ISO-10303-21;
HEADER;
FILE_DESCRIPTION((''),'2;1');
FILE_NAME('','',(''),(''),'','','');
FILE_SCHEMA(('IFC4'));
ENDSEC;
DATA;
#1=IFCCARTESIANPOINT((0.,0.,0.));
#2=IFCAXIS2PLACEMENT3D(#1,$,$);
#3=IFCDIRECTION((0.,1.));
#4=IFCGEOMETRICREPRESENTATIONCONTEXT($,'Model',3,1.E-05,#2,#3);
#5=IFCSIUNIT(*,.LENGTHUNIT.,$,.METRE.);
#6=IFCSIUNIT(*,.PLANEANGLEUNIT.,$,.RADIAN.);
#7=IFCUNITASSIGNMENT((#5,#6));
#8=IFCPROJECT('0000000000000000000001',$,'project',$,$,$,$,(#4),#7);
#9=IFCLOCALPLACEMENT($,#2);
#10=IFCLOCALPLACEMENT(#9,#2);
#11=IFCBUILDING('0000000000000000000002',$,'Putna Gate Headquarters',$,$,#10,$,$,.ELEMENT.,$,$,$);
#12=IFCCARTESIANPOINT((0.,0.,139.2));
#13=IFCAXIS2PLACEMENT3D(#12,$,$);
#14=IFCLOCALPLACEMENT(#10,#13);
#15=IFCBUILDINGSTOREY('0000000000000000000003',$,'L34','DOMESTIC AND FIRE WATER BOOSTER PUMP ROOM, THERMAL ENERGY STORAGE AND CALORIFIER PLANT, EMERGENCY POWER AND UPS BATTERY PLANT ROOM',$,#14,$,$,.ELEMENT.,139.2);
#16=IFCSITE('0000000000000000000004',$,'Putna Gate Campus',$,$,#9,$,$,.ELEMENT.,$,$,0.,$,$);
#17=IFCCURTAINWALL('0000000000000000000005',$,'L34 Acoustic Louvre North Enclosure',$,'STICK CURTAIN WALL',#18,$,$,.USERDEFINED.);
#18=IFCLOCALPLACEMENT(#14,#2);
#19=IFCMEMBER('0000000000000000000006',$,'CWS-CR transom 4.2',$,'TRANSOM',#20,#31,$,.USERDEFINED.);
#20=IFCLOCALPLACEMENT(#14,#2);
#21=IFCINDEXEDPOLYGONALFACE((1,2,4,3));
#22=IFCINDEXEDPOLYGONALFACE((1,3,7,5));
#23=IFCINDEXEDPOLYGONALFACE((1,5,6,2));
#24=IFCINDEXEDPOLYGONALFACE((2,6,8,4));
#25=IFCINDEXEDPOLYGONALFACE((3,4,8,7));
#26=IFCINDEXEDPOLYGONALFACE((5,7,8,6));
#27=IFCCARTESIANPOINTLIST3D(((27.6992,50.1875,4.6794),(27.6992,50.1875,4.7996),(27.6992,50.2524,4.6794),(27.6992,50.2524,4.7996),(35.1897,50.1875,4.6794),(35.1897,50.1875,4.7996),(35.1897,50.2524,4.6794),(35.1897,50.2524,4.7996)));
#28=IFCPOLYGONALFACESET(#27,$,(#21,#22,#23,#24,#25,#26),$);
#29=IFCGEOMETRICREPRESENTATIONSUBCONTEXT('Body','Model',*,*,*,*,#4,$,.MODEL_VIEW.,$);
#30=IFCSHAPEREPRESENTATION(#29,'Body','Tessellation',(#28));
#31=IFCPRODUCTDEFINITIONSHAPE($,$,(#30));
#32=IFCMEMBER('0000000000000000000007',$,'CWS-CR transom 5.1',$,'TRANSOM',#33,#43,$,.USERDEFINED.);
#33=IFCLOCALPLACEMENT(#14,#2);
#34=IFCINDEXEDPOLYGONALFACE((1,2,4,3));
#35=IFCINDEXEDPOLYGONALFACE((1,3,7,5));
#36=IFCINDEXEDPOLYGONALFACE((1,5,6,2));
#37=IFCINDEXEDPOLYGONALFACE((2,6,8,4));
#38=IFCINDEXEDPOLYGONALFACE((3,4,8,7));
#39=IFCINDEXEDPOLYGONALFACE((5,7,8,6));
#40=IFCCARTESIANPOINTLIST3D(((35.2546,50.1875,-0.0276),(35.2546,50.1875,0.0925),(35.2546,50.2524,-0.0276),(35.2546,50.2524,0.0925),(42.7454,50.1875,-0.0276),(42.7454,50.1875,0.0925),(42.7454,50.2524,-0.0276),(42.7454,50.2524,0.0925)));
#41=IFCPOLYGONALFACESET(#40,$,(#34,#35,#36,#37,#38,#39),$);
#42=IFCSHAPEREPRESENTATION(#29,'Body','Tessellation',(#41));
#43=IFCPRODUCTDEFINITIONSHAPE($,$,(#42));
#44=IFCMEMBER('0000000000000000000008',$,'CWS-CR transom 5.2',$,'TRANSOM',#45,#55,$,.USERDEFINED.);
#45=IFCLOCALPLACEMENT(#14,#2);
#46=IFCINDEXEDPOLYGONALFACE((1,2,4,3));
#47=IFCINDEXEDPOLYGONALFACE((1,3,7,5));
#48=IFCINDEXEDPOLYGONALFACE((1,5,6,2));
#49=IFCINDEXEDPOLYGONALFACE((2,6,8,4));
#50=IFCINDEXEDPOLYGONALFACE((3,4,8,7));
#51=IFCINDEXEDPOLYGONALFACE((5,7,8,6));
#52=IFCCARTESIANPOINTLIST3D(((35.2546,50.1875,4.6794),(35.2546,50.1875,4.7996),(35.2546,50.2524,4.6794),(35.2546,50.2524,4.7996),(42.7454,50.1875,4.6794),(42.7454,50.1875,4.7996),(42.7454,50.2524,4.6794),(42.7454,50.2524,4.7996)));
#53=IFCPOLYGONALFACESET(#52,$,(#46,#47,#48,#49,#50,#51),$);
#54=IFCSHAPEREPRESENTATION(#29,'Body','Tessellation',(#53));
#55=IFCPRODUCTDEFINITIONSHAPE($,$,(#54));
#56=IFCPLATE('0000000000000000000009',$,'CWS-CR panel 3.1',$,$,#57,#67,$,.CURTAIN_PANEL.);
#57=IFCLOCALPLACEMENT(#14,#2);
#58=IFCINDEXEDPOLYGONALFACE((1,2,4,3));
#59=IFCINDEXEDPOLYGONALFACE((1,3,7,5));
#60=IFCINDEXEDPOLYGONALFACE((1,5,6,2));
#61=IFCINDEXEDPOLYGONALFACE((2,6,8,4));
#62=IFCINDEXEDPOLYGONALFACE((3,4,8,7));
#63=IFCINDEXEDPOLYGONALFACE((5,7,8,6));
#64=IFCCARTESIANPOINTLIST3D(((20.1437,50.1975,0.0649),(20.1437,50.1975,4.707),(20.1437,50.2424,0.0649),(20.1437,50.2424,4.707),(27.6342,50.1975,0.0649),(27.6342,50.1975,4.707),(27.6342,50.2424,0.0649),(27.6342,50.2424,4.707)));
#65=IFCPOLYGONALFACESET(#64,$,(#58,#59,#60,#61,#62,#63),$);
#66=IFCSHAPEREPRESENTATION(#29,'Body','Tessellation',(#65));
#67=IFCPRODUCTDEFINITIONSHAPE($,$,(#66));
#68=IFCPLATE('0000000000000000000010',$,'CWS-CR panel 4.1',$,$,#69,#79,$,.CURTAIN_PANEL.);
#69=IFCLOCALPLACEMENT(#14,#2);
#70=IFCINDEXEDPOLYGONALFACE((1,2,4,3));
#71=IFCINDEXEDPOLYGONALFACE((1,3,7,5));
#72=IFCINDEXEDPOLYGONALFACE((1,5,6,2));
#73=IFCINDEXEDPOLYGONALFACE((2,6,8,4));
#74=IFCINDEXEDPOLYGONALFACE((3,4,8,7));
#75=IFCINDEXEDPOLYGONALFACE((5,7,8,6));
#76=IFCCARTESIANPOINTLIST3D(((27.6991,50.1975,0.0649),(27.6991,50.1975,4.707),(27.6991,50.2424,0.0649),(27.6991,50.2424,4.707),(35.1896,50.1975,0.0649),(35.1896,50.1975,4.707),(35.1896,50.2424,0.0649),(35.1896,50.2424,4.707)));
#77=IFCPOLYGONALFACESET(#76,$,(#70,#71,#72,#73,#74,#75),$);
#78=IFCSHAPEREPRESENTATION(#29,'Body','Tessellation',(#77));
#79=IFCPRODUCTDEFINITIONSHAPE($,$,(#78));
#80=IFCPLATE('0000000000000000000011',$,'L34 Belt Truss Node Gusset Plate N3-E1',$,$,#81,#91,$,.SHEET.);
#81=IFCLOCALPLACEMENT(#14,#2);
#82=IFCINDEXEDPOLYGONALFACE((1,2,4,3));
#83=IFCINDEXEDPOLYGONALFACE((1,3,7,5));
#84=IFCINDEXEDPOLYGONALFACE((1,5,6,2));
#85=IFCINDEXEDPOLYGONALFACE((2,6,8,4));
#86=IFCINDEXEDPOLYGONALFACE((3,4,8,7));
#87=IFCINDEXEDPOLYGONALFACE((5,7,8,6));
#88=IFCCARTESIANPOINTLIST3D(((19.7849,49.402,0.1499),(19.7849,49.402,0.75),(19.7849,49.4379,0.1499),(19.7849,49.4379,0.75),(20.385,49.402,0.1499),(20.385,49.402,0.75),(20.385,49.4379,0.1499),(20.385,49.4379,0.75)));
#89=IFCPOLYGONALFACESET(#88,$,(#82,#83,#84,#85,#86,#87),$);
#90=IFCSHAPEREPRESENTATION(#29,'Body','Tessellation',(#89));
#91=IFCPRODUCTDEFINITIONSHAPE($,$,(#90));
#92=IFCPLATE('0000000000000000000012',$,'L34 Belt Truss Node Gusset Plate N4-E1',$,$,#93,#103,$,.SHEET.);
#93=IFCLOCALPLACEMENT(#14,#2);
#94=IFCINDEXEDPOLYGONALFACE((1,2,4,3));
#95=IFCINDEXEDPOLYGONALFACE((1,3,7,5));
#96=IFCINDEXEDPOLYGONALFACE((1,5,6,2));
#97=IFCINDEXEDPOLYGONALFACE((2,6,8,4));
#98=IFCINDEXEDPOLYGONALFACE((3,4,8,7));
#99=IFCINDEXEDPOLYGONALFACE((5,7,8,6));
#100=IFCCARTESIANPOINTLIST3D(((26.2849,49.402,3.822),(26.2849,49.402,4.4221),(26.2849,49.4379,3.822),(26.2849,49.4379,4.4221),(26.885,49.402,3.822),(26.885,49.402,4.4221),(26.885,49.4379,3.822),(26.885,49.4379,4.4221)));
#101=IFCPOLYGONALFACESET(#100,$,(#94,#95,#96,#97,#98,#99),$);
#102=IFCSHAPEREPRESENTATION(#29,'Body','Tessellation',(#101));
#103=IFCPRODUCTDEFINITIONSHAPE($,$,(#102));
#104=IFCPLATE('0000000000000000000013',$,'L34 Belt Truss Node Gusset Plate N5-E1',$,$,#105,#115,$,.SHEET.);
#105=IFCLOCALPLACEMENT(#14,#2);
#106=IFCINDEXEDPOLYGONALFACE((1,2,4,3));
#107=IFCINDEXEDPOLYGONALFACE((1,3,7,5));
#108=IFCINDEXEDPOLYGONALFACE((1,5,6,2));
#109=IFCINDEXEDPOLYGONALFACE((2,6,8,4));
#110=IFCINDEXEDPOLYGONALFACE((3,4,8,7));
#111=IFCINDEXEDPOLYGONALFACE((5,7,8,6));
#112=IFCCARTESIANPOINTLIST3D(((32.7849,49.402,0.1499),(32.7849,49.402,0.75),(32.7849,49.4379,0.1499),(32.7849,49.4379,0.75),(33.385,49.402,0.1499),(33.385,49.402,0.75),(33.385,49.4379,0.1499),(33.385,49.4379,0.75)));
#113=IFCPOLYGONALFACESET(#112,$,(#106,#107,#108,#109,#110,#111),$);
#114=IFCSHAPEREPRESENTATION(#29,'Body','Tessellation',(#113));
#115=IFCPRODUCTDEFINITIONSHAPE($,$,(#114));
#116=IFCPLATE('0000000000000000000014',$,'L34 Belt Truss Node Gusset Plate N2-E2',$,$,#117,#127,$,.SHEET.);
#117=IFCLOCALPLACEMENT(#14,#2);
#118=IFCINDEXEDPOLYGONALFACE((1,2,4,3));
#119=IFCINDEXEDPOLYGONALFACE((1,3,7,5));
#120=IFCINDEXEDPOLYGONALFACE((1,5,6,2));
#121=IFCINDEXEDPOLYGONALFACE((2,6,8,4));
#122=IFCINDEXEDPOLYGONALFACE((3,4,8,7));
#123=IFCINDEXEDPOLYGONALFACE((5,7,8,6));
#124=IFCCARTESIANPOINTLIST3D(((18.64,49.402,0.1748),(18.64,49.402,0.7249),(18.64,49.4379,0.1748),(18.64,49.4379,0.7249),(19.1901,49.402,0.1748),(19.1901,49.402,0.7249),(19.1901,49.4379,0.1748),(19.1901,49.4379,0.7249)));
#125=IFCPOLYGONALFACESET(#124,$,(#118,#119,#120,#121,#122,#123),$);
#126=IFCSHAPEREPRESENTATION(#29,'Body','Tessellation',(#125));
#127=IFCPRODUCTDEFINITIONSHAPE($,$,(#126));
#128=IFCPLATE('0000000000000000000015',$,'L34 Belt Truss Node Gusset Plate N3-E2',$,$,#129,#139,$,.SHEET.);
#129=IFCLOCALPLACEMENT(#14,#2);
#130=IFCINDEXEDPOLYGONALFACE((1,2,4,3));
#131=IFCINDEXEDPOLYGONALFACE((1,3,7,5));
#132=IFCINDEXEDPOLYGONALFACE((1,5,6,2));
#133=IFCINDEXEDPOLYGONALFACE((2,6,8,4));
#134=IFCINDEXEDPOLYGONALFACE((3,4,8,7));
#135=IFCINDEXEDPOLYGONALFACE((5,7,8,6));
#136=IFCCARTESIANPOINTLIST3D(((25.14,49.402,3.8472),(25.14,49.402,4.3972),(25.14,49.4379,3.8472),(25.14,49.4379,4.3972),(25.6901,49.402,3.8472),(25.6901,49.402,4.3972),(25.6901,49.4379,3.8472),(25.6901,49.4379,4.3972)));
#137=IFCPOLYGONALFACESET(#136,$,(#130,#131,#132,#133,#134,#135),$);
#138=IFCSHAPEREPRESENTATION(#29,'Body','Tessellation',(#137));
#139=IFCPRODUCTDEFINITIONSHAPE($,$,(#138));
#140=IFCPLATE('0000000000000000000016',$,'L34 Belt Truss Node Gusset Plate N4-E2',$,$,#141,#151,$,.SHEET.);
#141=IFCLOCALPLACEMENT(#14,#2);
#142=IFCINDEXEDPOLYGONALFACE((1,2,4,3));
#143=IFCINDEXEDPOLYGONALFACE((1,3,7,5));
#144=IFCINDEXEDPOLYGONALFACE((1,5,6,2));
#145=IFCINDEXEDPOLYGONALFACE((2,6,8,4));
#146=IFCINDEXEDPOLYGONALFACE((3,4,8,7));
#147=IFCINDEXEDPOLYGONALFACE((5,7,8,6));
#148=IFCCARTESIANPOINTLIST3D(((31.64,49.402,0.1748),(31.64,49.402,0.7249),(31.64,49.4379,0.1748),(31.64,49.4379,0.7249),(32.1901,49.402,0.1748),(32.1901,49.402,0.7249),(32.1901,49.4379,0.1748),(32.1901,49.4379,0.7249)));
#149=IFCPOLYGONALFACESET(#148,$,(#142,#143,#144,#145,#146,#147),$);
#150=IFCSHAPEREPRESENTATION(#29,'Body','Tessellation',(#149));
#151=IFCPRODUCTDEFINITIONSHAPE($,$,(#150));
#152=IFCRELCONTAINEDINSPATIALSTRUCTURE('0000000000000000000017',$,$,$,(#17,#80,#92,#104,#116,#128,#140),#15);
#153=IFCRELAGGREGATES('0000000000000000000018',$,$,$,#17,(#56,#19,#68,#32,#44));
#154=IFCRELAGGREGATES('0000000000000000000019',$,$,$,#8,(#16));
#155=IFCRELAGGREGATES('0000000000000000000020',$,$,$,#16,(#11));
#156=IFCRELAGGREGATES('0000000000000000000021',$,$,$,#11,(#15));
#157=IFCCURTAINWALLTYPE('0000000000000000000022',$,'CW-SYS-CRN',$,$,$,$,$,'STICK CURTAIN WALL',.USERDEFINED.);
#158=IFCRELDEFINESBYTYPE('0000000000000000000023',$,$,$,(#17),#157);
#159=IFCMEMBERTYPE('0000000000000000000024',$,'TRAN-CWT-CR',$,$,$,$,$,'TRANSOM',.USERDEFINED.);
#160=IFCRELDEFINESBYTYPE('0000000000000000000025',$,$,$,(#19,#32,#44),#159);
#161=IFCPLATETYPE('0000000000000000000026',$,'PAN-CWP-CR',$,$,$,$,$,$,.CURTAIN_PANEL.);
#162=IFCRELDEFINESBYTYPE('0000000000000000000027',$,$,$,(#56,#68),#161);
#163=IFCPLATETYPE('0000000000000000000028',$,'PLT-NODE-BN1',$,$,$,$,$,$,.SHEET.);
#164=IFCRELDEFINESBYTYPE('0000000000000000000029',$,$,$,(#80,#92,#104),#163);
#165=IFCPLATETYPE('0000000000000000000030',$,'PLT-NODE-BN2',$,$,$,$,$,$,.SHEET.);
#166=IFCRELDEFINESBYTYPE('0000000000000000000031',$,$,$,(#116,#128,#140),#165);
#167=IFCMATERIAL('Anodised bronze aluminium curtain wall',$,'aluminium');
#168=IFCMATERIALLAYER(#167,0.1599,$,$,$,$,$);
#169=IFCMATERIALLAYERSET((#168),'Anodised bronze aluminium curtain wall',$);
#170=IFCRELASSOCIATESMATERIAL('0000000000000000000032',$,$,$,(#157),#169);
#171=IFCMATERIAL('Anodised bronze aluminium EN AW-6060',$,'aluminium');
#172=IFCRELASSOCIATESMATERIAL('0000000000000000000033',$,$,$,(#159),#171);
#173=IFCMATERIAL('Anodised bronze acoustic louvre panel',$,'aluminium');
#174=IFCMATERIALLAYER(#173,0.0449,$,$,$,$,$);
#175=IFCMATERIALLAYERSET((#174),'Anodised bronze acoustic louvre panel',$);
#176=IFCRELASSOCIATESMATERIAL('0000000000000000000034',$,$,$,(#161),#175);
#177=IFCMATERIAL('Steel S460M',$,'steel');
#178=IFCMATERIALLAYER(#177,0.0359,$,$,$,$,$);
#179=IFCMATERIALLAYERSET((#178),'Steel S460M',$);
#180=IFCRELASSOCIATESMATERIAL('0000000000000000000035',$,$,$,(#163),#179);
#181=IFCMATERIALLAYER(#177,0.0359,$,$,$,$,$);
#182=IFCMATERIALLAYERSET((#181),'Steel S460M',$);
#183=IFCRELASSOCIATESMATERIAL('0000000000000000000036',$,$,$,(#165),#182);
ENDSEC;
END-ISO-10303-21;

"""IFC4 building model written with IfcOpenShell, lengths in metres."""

from ifc_helpers import new_model, si_unit, direction, frame, origin, origin_2d, place, context, subcontext, project, spatial, rectangle, extrude, material, layer, layer_set, material_profile, profile_set, type_object, element, aggregate, save


model = new_model("IFC4")

# Units and contexts
model_context = context("Model", 3, precision=1e-05, world=origin(), true_north=direction((0.0, 1.0)))
body_context = subcontext(model_context, "Body", "Model", "MODEL_VIEW")
ifc_project = project(units=[si_unit("LENGTHUNIT", "METRE"), si_unit("PLANEANGLEUNIT", "RADIAN")], contexts=[model_context])

# Site, building, storey
site_placement = place(None, origin())
site = spatial("IfcSite", under=ifc_project, at=site_placement, Name="Putna Gate Campus", CompositionType="ELEMENT", RefElevation=0.0)
building_placement = place(site_placement, origin())
building = spatial("IfcBuilding", under=site, at=building_placement, Name="Putna Gate Headquarters", CompositionType="ELEMENT")
storey_placement = place(building_placement, frame((0.0, 0.0, 139.2)))
storey = spatial("IfcBuildingStorey", under=building, at=storey_placement, Name="L34", Description="DOMESTIC AND FIRE WATER BOOSTER PUMP ROOM, THERMAL ENERGY STORAGE AND CALORIFIER PLANT, EMERGENCY POWER AND UPS BATTERY PLANT ROOM", CompositionType="ELEMENT", Elevation=139.2)

# Shared definitions
ifc_material_1 = material(Name="Steel S460M", Category="steel")

# Curtain wall, members, plates
ifc_material_2 = material(Name="Anodised bronze aluminium curtain wall", Category="aluminium")
ifc_layer_1 = layer(ifc_material_2, 0.1599)
ifc_layer_set_1 = layer_set([ifc_layer_1], Name="Anodised bronze aluminium curtain wall")
curtain_wall_type = type_object("IfcCurtainWallType", Name="CW-SYS-CRN", ElementType="STICK CURTAIN WALL", PredefinedType="USERDEFINED", material=ifc_layer_set_1)
curtain_wall_placement = place(storey_placement, origin())
curtain_wall = element("IfcCurtainWall", 1, at=curtain_wall_placement, inside=storey, type_object=curtain_wall_type, Name="L34 Acoustic Louvre North Enclosure", ObjectType="STICK CURTAIN WALL", PredefinedType="USERDEFINED")
ifc_material_3 = material(Name="Anodised bronze aluminium EN AW-6060", Category="aluminium")
ifc_material_profile_1 = material_profile(ifc_material_3, rectangle(XDim=0.0649, YDim=0.1201, at=origin_2d()), Name="Anodised bronze aluminium EN AW-6060")
ifc_profile_set_1 = profile_set([ifc_material_profile_1], Name="Anodised bronze aluminium EN AW-6060")
member_type_1 = type_object("IfcMemberType", Name="TRAN-CWT-CR", ElementType="TRANSOM", PredefinedType="USERDEFINED", material=ifc_profile_set_1)
member_1_placement = place(storey_placement, frame((27.6992, 50.22, 4.7395), z_axis=(1.0, 0.0, 0.0), x_axis=(0.0, 1.0, 0.0)))
member_1 = element("IfcMember", 2, at=member_1_placement, type_object=member_type_1, Name="CWS-CR transom 4.2", ObjectType="TRANSOM", PredefinedType="USERDEFINED", context=body_context, shape_type="SweptSolid", body=[
    extrude(rectangle(XDim=0.0649, YDim=0.1201, at=origin_2d()), origin(), (0.0, 0.0, 1.0), 7.4905),
])
member_2_placement = place(storey_placement, frame((35.2546, 50.22, 0.0325), z_axis=(1.0, 0.0, 0.0), x_axis=(0.0, 1.0, 0.0)))
member_2 = element("IfcMember", 3, at=member_2_placement, type_object=member_type_1, Name="CWS-CR transom 5.1", ObjectType="TRANSOM", PredefinedType="USERDEFINED", context=body_context, shape_type="SweptSolid", body=[
    extrude(rectangle(XDim=0.0649, YDim=0.1201, at=origin_2d()), origin(), (0.0, 0.0, 1.0), 7.4907),
])
member_3_placement = place(storey_placement, frame((35.2546, 50.22, 4.7395), z_axis=(1.0, 0.0, 0.0), x_axis=(0.0, 1.0, 0.0)))
member_3 = element("IfcMember", 4, at=member_3_placement, type_object=member_type_1, Name="CWS-CR transom 5.2", ObjectType="TRANSOM", PredefinedType="USERDEFINED", context=body_context, shape_type="SweptSolid", body=[
    extrude(rectangle(XDim=0.0649, YDim=0.1201, at=origin_2d()), origin(), (0.0, 0.0, 1.0), 7.4907),
])
ifc_material_4 = material(Name="Anodised bronze acoustic louvre panel", Category="aluminium")
ifc_layer_2 = layer(ifc_material_4, 0.0449)
ifc_layer_set_2 = layer_set([ifc_layer_2], Name="Anodised bronze acoustic louvre panel")
plate_type_1 = type_object("IfcPlateType", Name="PAN-CWP-CR", PredefinedType="CURTAIN_PANEL", material=ifc_layer_set_2)
plate_1_placement = place(storey_placement, frame((23.8889, 50.22, 0.0649), z_axis=(0.0, 0.0, 1.0), x_axis=(1.0, 0.0, 0.0)))
plate_1 = element("IfcPlate", 5, at=plate_1_placement, type_object=plate_type_1, Name="CWS-CR panel 3.1", PredefinedType="CURTAIN_PANEL", context=body_context, shape_type="SweptSolid", body=[
    extrude(rectangle(XDim=7.4905, YDim=0.0449, at=origin_2d()), origin(), (0.0, 0.0, 1.0), 4.6421),
])
plate_2_placement = place(storey_placement, frame((31.4443, 50.22, 0.0649), z_axis=(0.0, 0.0, 1.0), x_axis=(1.0, 0.0, 0.0)))
plate_2 = element("IfcPlate", 6, at=plate_2_placement, type_object=plate_type_1, Name="CWS-CR panel 4.1", PredefinedType="CURTAIN_PANEL", context=body_context, shape_type="SweptSolid", body=[
    extrude(rectangle(XDim=7.4905, YDim=0.0449, at=origin_2d()), origin(), (0.0, 0.0, 1.0), 4.6421),
])
aggregate(curtain_wall, [plate_1, member_1, plate_2, member_2, member_3])

# Plates
ifc_layer_3 = layer(ifc_material_1, 0.0359)
ifc_layer_set_3 = layer_set([ifc_layer_3], Name="Steel S460M")
plate_type_2 = type_object("IfcPlateType", Name="PLT-NODE-BN1", PredefinedType="SHEET", material=ifc_layer_set_3)
for number, where, z_axis, x_axis, name in (
    (7, (20.085, 49.4199, 0.1499), (0.0, 0.0, 1.0), (1.0, 0.0, 0.0), "L34 Belt Truss Node Gusset Plate N3-E1"),
    (8, (26.585, 49.4199, 3.822), (0.0, 0.0, 1.0), (1.0, 0.0, 0.0), "L34 Belt Truss Node Gusset Plate N4-E1"),
    (9, (33.085, 49.4199, 0.1499), (0.0, 0.0, 1.0), (1.0, 0.0, 0.0), "L34 Belt Truss Node Gusset Plate N5-E1"),
):
    element("IfcPlate", number, at=place(storey_placement, frame(where, z_axis=z_axis, x_axis=x_axis)), inside=storey, type_object=plate_type_2, Name=name, PredefinedType="SHEET", context=body_context, shape_type="SweptSolid", body=[
        extrude(rectangle(XDim=0.6001, YDim=0.0359, at=origin_2d()), origin(), (0.0, 0.0, 1.0), 0.6001),
    ])
ifc_layer_4 = layer(ifc_material_1, 0.0359)
ifc_layer_set_4 = layer_set([ifc_layer_4], Name="Steel S460M")
plate_type_3 = type_object("IfcPlateType", Name="PLT-NODE-BN2", PredefinedType="SHEET", material=ifc_layer_set_4)
for number, where, z_axis, x_axis, name in (
    (10, (18.915, 49.4199, 0.1748), (0.0, 0.0, 1.0), (1.0, 0.0, 0.0), "L34 Belt Truss Node Gusset Plate N2-E2"),
    (11, (25.415, 49.4199, 3.8472), (0.0, 0.0, 1.0), (1.0, 0.0, 0.0), "L34 Belt Truss Node Gusset Plate N3-E2"),
    (12, (31.915, 49.4199, 0.1748), (0.0, 0.0, 1.0), (1.0, 0.0, 0.0), "L34 Belt Truss Node Gusset Plate N4-E2"),
):
    element("IfcPlate", number, at=place(storey_placement, frame(where, z_axis=z_axis, x_axis=x_axis)), inside=storey, type_object=plate_type_3, Name=name, PredefinedType="SHEET", context=body_context, shape_type="SweptSolid", body=[
        extrude(rectangle(XDim=0.55, YDim=0.0359, at=origin_2d()), origin(), (0.0, 0.0, 1.0), 0.55),
    ])

save(model, "model.ifc")
